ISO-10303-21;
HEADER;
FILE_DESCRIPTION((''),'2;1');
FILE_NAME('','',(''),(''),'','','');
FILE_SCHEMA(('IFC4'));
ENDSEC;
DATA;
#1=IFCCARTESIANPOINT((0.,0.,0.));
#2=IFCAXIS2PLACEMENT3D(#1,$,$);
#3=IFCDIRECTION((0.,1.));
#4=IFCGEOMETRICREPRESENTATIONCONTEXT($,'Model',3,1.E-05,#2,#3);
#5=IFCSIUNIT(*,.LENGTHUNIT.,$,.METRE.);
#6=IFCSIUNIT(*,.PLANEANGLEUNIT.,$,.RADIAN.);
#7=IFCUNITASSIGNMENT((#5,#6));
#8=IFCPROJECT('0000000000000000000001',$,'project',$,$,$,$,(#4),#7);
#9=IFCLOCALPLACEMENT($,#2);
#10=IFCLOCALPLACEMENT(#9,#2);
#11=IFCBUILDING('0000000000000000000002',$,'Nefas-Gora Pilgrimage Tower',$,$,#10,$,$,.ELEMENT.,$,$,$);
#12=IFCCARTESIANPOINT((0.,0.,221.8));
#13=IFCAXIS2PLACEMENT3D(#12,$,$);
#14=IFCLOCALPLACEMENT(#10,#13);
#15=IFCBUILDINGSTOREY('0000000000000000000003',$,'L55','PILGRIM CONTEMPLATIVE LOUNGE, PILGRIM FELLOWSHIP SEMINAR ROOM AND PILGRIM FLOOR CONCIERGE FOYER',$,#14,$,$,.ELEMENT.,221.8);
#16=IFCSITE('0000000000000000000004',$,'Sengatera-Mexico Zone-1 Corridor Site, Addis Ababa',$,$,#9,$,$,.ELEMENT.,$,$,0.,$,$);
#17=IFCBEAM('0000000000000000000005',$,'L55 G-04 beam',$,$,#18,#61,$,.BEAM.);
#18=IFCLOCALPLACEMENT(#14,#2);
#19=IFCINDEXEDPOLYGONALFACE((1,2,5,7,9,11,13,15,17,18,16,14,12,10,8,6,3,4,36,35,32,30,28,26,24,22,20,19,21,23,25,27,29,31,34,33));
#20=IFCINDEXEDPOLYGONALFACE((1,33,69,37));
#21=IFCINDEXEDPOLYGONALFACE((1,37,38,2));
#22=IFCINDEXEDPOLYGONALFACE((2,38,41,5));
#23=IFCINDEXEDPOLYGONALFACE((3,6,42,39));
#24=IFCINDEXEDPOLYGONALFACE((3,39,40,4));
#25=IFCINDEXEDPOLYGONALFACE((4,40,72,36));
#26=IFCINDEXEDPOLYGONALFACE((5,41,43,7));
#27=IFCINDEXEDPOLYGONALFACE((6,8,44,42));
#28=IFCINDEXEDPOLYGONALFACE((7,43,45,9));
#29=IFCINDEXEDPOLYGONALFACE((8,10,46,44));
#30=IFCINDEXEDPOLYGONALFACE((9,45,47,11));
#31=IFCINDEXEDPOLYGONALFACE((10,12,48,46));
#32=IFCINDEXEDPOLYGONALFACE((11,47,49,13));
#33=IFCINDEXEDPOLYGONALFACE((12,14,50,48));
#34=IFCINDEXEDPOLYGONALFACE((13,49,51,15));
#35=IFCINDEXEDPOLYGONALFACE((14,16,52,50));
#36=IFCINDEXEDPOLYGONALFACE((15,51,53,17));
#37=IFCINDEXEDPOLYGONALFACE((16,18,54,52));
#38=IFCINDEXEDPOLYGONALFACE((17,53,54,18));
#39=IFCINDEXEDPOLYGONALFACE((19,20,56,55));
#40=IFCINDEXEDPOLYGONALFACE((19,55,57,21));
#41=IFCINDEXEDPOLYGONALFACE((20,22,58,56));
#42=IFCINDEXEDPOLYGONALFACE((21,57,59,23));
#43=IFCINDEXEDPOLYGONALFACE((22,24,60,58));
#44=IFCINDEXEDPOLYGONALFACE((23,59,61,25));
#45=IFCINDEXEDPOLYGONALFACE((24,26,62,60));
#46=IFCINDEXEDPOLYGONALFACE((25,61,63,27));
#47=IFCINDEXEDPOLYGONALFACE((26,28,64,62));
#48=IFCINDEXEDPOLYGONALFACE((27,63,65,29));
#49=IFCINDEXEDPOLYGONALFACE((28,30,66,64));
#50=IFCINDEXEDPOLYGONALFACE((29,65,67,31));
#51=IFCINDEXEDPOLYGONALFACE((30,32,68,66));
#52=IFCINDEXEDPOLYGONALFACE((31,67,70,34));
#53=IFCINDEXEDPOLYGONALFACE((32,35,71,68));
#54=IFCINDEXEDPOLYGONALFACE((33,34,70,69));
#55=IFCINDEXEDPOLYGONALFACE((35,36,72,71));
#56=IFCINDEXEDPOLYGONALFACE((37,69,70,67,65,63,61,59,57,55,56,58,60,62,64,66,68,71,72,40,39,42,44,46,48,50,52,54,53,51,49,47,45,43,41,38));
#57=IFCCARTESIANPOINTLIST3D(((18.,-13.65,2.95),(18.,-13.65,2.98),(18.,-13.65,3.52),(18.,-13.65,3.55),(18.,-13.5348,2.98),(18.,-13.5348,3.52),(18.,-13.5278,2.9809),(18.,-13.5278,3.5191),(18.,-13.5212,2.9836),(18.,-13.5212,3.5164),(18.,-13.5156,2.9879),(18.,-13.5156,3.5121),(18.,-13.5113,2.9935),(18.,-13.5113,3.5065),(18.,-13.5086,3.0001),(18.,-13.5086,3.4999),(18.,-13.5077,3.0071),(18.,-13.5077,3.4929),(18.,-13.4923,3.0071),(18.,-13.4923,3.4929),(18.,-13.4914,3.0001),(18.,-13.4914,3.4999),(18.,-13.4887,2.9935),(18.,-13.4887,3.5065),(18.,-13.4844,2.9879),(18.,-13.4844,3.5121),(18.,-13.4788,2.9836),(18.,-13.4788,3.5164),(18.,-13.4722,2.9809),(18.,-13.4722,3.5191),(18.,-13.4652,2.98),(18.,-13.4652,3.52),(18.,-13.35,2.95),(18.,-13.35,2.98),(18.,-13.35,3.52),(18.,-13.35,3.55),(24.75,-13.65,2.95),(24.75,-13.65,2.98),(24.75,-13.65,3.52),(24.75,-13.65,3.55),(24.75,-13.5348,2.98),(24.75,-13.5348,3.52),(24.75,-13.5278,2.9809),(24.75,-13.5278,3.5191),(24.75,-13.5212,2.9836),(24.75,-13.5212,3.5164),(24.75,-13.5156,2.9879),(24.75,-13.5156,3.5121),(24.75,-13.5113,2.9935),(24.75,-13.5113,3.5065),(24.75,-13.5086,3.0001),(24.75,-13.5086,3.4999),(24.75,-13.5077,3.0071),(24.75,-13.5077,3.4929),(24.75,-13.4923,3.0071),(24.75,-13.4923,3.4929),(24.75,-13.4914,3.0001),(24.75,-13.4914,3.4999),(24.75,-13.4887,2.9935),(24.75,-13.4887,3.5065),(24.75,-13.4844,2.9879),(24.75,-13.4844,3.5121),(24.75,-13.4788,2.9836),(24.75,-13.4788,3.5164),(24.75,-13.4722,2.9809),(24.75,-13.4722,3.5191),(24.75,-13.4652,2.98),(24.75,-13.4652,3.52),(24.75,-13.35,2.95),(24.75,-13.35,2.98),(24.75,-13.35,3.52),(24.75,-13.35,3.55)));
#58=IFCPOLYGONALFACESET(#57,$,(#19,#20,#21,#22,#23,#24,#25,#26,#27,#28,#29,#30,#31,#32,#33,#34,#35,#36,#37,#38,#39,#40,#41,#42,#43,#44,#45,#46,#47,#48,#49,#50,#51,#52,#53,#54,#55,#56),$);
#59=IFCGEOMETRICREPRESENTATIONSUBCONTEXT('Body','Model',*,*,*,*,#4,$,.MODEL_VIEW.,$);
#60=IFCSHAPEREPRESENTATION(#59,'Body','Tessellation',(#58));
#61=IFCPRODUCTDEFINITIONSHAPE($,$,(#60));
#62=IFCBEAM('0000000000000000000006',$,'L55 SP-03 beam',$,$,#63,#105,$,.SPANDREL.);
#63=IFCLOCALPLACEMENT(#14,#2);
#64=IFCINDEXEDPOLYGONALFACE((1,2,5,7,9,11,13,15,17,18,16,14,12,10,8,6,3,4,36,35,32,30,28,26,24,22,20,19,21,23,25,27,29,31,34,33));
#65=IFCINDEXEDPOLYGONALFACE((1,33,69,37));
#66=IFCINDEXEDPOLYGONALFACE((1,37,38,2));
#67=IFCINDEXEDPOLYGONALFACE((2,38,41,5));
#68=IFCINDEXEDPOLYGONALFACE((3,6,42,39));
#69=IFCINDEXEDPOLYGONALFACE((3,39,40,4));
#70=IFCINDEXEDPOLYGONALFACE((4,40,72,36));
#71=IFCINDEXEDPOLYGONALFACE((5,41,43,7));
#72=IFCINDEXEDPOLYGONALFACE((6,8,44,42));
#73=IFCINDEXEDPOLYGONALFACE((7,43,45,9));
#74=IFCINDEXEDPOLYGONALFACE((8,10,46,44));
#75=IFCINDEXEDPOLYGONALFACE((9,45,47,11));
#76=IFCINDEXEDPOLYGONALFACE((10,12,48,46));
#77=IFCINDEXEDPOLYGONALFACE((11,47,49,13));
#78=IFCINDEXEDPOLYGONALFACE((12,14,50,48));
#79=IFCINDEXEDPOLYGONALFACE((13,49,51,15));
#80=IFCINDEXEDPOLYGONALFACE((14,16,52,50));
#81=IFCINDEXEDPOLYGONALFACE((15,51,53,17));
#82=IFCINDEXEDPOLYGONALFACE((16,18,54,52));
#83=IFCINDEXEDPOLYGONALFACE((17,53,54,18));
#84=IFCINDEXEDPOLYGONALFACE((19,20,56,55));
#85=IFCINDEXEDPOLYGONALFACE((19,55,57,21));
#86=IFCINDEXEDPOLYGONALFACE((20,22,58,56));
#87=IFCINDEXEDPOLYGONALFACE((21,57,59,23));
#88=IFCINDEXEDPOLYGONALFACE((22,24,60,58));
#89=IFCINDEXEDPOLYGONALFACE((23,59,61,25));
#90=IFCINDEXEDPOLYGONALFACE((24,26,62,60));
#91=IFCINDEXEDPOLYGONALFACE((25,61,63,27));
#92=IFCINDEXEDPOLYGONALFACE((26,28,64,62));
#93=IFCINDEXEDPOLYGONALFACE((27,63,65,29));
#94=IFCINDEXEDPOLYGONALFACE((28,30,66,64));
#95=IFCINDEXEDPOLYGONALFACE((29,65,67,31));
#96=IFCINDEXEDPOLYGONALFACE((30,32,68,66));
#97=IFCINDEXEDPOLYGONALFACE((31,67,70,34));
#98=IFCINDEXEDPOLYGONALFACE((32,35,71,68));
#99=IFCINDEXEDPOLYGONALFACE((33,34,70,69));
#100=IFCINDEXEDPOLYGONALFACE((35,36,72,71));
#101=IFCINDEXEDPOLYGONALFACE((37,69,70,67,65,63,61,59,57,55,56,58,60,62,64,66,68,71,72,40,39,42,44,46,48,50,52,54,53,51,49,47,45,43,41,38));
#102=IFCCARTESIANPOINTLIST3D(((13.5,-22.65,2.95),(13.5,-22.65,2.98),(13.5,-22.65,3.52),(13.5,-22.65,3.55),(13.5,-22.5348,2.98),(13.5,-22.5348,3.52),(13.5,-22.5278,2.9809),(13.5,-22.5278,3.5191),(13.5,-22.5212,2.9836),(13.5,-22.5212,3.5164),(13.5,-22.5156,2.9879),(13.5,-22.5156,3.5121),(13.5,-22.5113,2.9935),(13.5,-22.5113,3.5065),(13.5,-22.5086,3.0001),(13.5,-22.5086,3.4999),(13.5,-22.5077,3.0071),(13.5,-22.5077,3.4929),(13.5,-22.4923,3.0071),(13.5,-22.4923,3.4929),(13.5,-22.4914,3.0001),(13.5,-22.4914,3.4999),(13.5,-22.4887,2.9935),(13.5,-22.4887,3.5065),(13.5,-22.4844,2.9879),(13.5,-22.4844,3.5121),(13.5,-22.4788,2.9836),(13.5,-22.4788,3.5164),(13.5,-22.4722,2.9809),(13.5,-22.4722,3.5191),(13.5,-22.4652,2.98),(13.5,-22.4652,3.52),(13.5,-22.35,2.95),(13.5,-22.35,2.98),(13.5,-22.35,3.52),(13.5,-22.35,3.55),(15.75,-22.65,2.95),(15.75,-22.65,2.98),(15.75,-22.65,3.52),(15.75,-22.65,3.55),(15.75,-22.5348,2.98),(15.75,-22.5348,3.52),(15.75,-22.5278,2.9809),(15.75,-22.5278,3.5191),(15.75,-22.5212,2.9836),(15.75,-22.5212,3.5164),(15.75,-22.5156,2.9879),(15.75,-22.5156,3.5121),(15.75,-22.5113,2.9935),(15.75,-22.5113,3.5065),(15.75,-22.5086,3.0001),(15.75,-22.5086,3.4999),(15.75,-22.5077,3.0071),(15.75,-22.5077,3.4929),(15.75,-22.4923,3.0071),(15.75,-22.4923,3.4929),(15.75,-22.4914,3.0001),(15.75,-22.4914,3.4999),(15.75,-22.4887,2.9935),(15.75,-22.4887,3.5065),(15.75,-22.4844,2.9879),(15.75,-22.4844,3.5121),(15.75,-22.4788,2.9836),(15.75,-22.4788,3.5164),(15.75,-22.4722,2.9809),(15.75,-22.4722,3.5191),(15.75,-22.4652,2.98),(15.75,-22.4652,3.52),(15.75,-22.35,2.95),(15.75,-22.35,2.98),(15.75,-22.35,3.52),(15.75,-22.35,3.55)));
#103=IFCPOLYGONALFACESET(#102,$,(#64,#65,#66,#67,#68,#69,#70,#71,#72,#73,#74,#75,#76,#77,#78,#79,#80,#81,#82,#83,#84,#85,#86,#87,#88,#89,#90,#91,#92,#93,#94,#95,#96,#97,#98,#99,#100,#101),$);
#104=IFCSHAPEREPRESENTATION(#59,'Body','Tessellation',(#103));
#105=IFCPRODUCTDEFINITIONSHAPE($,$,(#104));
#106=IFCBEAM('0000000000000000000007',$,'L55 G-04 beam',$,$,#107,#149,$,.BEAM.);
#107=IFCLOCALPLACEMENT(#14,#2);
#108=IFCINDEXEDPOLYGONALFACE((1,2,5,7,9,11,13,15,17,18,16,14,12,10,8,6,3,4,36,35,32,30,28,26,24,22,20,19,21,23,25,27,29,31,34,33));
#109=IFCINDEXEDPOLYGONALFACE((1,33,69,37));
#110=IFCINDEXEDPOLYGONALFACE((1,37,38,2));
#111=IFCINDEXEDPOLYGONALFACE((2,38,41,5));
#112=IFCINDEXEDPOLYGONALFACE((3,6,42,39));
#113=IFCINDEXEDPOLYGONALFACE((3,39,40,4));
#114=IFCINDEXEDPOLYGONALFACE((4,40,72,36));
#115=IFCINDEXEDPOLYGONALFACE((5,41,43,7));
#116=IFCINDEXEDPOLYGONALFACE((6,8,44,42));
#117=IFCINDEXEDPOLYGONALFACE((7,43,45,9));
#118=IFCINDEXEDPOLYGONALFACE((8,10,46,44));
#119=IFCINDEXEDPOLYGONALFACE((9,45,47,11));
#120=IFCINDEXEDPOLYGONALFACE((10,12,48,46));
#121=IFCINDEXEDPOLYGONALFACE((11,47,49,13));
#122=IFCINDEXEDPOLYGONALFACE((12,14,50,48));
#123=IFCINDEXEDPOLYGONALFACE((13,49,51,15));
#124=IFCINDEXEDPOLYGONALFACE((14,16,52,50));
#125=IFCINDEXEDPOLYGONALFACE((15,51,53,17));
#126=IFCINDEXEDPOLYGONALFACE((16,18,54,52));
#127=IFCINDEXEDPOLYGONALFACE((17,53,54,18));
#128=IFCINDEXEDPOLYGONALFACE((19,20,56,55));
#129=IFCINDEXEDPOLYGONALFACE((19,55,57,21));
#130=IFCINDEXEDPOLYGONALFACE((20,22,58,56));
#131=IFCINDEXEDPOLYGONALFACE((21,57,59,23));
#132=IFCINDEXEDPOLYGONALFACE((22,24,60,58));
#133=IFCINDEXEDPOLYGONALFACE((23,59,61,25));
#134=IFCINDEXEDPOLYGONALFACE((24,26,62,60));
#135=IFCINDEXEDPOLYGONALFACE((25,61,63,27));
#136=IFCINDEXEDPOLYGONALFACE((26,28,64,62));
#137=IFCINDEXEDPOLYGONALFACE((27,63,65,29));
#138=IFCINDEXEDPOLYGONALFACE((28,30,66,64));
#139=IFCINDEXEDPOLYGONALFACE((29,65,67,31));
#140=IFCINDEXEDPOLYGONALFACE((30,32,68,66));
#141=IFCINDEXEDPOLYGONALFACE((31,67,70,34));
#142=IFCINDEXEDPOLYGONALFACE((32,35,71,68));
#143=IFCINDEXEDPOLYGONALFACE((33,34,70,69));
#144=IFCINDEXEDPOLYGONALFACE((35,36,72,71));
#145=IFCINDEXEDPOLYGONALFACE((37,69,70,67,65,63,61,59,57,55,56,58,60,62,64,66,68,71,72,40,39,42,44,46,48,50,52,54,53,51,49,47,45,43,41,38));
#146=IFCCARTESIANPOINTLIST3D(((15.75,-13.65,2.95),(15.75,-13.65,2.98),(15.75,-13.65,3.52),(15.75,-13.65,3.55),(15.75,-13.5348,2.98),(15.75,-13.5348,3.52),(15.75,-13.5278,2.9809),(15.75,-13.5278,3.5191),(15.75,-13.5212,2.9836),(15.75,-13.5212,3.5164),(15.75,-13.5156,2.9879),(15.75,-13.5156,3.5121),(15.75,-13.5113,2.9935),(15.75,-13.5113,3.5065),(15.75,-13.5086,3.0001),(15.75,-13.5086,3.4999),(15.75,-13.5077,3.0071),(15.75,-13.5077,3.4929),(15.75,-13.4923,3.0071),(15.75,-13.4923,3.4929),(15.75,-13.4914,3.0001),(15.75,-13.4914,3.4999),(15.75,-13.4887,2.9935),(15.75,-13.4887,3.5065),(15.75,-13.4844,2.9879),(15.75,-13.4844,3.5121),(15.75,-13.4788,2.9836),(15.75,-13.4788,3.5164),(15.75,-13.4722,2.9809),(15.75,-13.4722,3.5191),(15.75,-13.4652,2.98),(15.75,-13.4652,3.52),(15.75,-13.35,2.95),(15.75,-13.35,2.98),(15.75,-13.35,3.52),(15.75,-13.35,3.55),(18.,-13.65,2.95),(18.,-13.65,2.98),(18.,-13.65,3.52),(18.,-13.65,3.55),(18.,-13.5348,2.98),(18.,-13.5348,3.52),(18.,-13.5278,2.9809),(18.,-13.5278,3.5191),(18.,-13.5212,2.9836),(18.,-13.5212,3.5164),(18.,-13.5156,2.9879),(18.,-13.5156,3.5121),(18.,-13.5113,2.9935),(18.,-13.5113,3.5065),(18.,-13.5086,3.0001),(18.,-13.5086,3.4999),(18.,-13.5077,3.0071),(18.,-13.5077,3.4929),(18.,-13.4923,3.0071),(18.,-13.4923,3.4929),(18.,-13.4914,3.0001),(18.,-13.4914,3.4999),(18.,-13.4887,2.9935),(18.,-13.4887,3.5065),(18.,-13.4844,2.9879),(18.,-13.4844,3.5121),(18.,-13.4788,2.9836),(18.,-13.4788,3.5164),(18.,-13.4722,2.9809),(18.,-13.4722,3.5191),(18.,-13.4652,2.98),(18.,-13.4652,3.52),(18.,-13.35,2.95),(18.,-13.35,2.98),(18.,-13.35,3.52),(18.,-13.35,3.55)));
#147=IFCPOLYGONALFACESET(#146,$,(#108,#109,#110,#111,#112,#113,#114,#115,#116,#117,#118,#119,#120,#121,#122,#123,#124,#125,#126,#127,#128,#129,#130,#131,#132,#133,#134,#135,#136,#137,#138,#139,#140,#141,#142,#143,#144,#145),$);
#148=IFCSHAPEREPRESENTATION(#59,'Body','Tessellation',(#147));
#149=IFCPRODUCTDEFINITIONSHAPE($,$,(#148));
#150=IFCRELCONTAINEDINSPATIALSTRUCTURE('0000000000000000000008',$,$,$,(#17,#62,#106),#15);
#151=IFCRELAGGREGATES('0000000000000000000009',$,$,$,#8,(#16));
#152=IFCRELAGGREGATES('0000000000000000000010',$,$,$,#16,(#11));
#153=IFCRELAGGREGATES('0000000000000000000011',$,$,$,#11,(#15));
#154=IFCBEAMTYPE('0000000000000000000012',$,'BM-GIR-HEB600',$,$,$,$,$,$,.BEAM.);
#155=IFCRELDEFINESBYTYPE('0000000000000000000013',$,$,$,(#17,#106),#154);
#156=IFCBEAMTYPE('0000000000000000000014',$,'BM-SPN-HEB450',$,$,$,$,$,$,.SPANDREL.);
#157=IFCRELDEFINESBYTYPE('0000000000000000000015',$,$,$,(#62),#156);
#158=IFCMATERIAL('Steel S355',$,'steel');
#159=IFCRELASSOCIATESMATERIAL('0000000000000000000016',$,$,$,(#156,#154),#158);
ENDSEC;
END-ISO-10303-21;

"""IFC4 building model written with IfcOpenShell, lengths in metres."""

from ifc_helpers import new_model, si_unit, direction, frame, origin, origin_2d, place, context, subcontext, project, spatial, i_section, extrude, source, transform, mapped, material, material_profile, profile_set, type_object, element, save


model = new_model("IFC4")

# Units and contexts
model_context = context("Model", 3, precision=1e-05, world=origin(), true_north=direction((0.0, 1.0)))
body_context = subcontext(model_context, "Body", "Model", "MODEL_VIEW")
ifc_project = project(units=[si_unit("LENGTHUNIT", "METRE"), si_unit("PLANEANGLEUNIT", "RADIAN")], contexts=[model_context])

# Site, building, storey
site_placement = place(None, origin())
site = spatial("IfcSite", under=ifc_project, at=site_placement, Name="Sengatera-Mexico Zone-1 Corridor Site, Addis Ababa", CompositionType="ELEMENT", RefElevation=0.0)
building_placement = place(site_placement, origin())
building = spatial("IfcBuilding", under=site, at=building_placement, Name="Nefas-Gora Pilgrimage Tower", CompositionType="ELEMENT")
storey_placement = place(building_placement, frame((0.0, 0.0, 221.8)))
storey = spatial("IfcBuildingStorey", under=building, at=storey_placement, Name="L55", Description="PILGRIM CONTEMPLATIVE LOUNGE, PILGRIM FELLOWSHIP SEMINAR ROOM AND PILGRIM FLOOR CONCIERGE FOYER", CompositionType="ELEMENT", Elevation=221.8)

# Beams
ifc_material_1 = material(Name="Steel S355", Category="steel")
ifc_material_profile_1 = material_profile(ifc_material_1, i_section(OverallWidth=0.3, OverallDepth=0.6001, WebThickness=0.0154, FlangeThickness=0.03, FilletRadius=0.0271, at=origin_2d()), Name="HEB 600")
ifc_profile_set_1 = profile_set([ifc_material_profile_1], Name="Steel S355")
beam_type_1 = type_object("IfcBeamType", Name="BM-SPN-HEB450", PredefinedType="SPANDREL", material=ifc_profile_set_1)
ifc_material_profile_2 = material_profile(ifc_material_1, i_section(OverallWidth=0.3, OverallDepth=0.6001, WebThickness=0.0154, FlangeThickness=0.03, FilletRadius=0.0271, at=origin_2d()), Name="HEB 600")
ifc_profile_set_2 = profile_set([ifc_material_profile_2], Name="Steel S355")
beam_type_2 = type_object("IfcBeamType", Name="BM-GIR-HEB600", PredefinedType="BEAM", material=ifc_profile_set_2)
shared_shape_1 = source(origin(), body_context, "Body", "SweptSolid", [
    extrude(i_section(OverallWidth=0.3, OverallDepth=0.6001, WebThickness=0.0154, FlangeThickness=0.03, FilletRadius=0.0271, at=origin_2d()), origin(), (0.0, 0.0, 1.0), 6.75),
])
beam_1_placement = place(storey_placement, frame((18.0, -13.5, 3.25), z_axis=(1.0, 0.0, 0.0), x_axis=(0.0, 1.0, 0.0)))
element("IfcBeam", 1, at=beam_1_placement, inside=storey, type_object=beam_type_2, Name="L55 G-04 beam", PredefinedType="BEAM", context=body_context, shape_type="MappedRepresentation", body=[
    mapped(shared_shape_1, transform((0.0, 0.0, 0.0), x_axis=(1.0, 0.0, 0.0), y_axis=(0.0, 1.0, 0.0), z_axis=(0.0, 0.0, 1.0), scale=1.0)),
])
shared_shape_2 = source(origin(), body_context, "Body", "SweptSolid", [
    extrude(i_section(OverallWidth=0.3, OverallDepth=0.6001, WebThickness=0.0154, FlangeThickness=0.03, FilletRadius=0.0271, at=origin_2d()), origin(), (0.0, 0.0, 1.0), 2.25),
])
beam_2_placement = place(storey_placement, frame((13.5, -22.5, 3.25), z_axis=(1.0, 0.0, 0.0), x_axis=(0.0, 1.0, 0.0)))
element("IfcBeam", 2, at=beam_2_placement, inside=storey, type_object=beam_type_1, Name="L55 SP-03 beam", PredefinedType="SPANDREL", context=body_context, shape_type="MappedRepresentation", body=[
    mapped(shared_shape_2, transform((0.0, 0.0, 0.0), x_axis=(1.0, 0.0, 0.0), y_axis=(0.0, 1.0, 0.0), z_axis=(0.0, 0.0, 1.0), scale=1.0)),
])
shared_shape_3 = source(origin(), body_context, "Body", "SweptSolid", [
    extrude(i_section(OverallWidth=0.3, OverallDepth=0.6001, WebThickness=0.0154, FlangeThickness=0.03, FilletRadius=0.0271, at=origin_2d()), origin(), (0.0, 0.0, 1.0), 2.25),
])
beam_3_placement = place(storey_placement, frame((15.75, -13.5, 3.25), z_axis=(1.0, 0.0, 0.0), x_axis=(0.0, 1.0, 0.0)))
element("IfcBeam", 3, at=beam_3_placement, inside=storey, type_object=beam_type_2, Name="L55 G-04 beam", PredefinedType="BEAM", context=body_context, shape_type="MappedRepresentation", body=[
    mapped(shared_shape_3, transform((0.0, 0.0, 0.0), x_axis=(1.0, 0.0, 0.0), y_axis=(0.0, 1.0, 0.0), z_axis=(0.0, 0.0, 1.0), scale=1.0)),
])

save(model, "model.ifc")
